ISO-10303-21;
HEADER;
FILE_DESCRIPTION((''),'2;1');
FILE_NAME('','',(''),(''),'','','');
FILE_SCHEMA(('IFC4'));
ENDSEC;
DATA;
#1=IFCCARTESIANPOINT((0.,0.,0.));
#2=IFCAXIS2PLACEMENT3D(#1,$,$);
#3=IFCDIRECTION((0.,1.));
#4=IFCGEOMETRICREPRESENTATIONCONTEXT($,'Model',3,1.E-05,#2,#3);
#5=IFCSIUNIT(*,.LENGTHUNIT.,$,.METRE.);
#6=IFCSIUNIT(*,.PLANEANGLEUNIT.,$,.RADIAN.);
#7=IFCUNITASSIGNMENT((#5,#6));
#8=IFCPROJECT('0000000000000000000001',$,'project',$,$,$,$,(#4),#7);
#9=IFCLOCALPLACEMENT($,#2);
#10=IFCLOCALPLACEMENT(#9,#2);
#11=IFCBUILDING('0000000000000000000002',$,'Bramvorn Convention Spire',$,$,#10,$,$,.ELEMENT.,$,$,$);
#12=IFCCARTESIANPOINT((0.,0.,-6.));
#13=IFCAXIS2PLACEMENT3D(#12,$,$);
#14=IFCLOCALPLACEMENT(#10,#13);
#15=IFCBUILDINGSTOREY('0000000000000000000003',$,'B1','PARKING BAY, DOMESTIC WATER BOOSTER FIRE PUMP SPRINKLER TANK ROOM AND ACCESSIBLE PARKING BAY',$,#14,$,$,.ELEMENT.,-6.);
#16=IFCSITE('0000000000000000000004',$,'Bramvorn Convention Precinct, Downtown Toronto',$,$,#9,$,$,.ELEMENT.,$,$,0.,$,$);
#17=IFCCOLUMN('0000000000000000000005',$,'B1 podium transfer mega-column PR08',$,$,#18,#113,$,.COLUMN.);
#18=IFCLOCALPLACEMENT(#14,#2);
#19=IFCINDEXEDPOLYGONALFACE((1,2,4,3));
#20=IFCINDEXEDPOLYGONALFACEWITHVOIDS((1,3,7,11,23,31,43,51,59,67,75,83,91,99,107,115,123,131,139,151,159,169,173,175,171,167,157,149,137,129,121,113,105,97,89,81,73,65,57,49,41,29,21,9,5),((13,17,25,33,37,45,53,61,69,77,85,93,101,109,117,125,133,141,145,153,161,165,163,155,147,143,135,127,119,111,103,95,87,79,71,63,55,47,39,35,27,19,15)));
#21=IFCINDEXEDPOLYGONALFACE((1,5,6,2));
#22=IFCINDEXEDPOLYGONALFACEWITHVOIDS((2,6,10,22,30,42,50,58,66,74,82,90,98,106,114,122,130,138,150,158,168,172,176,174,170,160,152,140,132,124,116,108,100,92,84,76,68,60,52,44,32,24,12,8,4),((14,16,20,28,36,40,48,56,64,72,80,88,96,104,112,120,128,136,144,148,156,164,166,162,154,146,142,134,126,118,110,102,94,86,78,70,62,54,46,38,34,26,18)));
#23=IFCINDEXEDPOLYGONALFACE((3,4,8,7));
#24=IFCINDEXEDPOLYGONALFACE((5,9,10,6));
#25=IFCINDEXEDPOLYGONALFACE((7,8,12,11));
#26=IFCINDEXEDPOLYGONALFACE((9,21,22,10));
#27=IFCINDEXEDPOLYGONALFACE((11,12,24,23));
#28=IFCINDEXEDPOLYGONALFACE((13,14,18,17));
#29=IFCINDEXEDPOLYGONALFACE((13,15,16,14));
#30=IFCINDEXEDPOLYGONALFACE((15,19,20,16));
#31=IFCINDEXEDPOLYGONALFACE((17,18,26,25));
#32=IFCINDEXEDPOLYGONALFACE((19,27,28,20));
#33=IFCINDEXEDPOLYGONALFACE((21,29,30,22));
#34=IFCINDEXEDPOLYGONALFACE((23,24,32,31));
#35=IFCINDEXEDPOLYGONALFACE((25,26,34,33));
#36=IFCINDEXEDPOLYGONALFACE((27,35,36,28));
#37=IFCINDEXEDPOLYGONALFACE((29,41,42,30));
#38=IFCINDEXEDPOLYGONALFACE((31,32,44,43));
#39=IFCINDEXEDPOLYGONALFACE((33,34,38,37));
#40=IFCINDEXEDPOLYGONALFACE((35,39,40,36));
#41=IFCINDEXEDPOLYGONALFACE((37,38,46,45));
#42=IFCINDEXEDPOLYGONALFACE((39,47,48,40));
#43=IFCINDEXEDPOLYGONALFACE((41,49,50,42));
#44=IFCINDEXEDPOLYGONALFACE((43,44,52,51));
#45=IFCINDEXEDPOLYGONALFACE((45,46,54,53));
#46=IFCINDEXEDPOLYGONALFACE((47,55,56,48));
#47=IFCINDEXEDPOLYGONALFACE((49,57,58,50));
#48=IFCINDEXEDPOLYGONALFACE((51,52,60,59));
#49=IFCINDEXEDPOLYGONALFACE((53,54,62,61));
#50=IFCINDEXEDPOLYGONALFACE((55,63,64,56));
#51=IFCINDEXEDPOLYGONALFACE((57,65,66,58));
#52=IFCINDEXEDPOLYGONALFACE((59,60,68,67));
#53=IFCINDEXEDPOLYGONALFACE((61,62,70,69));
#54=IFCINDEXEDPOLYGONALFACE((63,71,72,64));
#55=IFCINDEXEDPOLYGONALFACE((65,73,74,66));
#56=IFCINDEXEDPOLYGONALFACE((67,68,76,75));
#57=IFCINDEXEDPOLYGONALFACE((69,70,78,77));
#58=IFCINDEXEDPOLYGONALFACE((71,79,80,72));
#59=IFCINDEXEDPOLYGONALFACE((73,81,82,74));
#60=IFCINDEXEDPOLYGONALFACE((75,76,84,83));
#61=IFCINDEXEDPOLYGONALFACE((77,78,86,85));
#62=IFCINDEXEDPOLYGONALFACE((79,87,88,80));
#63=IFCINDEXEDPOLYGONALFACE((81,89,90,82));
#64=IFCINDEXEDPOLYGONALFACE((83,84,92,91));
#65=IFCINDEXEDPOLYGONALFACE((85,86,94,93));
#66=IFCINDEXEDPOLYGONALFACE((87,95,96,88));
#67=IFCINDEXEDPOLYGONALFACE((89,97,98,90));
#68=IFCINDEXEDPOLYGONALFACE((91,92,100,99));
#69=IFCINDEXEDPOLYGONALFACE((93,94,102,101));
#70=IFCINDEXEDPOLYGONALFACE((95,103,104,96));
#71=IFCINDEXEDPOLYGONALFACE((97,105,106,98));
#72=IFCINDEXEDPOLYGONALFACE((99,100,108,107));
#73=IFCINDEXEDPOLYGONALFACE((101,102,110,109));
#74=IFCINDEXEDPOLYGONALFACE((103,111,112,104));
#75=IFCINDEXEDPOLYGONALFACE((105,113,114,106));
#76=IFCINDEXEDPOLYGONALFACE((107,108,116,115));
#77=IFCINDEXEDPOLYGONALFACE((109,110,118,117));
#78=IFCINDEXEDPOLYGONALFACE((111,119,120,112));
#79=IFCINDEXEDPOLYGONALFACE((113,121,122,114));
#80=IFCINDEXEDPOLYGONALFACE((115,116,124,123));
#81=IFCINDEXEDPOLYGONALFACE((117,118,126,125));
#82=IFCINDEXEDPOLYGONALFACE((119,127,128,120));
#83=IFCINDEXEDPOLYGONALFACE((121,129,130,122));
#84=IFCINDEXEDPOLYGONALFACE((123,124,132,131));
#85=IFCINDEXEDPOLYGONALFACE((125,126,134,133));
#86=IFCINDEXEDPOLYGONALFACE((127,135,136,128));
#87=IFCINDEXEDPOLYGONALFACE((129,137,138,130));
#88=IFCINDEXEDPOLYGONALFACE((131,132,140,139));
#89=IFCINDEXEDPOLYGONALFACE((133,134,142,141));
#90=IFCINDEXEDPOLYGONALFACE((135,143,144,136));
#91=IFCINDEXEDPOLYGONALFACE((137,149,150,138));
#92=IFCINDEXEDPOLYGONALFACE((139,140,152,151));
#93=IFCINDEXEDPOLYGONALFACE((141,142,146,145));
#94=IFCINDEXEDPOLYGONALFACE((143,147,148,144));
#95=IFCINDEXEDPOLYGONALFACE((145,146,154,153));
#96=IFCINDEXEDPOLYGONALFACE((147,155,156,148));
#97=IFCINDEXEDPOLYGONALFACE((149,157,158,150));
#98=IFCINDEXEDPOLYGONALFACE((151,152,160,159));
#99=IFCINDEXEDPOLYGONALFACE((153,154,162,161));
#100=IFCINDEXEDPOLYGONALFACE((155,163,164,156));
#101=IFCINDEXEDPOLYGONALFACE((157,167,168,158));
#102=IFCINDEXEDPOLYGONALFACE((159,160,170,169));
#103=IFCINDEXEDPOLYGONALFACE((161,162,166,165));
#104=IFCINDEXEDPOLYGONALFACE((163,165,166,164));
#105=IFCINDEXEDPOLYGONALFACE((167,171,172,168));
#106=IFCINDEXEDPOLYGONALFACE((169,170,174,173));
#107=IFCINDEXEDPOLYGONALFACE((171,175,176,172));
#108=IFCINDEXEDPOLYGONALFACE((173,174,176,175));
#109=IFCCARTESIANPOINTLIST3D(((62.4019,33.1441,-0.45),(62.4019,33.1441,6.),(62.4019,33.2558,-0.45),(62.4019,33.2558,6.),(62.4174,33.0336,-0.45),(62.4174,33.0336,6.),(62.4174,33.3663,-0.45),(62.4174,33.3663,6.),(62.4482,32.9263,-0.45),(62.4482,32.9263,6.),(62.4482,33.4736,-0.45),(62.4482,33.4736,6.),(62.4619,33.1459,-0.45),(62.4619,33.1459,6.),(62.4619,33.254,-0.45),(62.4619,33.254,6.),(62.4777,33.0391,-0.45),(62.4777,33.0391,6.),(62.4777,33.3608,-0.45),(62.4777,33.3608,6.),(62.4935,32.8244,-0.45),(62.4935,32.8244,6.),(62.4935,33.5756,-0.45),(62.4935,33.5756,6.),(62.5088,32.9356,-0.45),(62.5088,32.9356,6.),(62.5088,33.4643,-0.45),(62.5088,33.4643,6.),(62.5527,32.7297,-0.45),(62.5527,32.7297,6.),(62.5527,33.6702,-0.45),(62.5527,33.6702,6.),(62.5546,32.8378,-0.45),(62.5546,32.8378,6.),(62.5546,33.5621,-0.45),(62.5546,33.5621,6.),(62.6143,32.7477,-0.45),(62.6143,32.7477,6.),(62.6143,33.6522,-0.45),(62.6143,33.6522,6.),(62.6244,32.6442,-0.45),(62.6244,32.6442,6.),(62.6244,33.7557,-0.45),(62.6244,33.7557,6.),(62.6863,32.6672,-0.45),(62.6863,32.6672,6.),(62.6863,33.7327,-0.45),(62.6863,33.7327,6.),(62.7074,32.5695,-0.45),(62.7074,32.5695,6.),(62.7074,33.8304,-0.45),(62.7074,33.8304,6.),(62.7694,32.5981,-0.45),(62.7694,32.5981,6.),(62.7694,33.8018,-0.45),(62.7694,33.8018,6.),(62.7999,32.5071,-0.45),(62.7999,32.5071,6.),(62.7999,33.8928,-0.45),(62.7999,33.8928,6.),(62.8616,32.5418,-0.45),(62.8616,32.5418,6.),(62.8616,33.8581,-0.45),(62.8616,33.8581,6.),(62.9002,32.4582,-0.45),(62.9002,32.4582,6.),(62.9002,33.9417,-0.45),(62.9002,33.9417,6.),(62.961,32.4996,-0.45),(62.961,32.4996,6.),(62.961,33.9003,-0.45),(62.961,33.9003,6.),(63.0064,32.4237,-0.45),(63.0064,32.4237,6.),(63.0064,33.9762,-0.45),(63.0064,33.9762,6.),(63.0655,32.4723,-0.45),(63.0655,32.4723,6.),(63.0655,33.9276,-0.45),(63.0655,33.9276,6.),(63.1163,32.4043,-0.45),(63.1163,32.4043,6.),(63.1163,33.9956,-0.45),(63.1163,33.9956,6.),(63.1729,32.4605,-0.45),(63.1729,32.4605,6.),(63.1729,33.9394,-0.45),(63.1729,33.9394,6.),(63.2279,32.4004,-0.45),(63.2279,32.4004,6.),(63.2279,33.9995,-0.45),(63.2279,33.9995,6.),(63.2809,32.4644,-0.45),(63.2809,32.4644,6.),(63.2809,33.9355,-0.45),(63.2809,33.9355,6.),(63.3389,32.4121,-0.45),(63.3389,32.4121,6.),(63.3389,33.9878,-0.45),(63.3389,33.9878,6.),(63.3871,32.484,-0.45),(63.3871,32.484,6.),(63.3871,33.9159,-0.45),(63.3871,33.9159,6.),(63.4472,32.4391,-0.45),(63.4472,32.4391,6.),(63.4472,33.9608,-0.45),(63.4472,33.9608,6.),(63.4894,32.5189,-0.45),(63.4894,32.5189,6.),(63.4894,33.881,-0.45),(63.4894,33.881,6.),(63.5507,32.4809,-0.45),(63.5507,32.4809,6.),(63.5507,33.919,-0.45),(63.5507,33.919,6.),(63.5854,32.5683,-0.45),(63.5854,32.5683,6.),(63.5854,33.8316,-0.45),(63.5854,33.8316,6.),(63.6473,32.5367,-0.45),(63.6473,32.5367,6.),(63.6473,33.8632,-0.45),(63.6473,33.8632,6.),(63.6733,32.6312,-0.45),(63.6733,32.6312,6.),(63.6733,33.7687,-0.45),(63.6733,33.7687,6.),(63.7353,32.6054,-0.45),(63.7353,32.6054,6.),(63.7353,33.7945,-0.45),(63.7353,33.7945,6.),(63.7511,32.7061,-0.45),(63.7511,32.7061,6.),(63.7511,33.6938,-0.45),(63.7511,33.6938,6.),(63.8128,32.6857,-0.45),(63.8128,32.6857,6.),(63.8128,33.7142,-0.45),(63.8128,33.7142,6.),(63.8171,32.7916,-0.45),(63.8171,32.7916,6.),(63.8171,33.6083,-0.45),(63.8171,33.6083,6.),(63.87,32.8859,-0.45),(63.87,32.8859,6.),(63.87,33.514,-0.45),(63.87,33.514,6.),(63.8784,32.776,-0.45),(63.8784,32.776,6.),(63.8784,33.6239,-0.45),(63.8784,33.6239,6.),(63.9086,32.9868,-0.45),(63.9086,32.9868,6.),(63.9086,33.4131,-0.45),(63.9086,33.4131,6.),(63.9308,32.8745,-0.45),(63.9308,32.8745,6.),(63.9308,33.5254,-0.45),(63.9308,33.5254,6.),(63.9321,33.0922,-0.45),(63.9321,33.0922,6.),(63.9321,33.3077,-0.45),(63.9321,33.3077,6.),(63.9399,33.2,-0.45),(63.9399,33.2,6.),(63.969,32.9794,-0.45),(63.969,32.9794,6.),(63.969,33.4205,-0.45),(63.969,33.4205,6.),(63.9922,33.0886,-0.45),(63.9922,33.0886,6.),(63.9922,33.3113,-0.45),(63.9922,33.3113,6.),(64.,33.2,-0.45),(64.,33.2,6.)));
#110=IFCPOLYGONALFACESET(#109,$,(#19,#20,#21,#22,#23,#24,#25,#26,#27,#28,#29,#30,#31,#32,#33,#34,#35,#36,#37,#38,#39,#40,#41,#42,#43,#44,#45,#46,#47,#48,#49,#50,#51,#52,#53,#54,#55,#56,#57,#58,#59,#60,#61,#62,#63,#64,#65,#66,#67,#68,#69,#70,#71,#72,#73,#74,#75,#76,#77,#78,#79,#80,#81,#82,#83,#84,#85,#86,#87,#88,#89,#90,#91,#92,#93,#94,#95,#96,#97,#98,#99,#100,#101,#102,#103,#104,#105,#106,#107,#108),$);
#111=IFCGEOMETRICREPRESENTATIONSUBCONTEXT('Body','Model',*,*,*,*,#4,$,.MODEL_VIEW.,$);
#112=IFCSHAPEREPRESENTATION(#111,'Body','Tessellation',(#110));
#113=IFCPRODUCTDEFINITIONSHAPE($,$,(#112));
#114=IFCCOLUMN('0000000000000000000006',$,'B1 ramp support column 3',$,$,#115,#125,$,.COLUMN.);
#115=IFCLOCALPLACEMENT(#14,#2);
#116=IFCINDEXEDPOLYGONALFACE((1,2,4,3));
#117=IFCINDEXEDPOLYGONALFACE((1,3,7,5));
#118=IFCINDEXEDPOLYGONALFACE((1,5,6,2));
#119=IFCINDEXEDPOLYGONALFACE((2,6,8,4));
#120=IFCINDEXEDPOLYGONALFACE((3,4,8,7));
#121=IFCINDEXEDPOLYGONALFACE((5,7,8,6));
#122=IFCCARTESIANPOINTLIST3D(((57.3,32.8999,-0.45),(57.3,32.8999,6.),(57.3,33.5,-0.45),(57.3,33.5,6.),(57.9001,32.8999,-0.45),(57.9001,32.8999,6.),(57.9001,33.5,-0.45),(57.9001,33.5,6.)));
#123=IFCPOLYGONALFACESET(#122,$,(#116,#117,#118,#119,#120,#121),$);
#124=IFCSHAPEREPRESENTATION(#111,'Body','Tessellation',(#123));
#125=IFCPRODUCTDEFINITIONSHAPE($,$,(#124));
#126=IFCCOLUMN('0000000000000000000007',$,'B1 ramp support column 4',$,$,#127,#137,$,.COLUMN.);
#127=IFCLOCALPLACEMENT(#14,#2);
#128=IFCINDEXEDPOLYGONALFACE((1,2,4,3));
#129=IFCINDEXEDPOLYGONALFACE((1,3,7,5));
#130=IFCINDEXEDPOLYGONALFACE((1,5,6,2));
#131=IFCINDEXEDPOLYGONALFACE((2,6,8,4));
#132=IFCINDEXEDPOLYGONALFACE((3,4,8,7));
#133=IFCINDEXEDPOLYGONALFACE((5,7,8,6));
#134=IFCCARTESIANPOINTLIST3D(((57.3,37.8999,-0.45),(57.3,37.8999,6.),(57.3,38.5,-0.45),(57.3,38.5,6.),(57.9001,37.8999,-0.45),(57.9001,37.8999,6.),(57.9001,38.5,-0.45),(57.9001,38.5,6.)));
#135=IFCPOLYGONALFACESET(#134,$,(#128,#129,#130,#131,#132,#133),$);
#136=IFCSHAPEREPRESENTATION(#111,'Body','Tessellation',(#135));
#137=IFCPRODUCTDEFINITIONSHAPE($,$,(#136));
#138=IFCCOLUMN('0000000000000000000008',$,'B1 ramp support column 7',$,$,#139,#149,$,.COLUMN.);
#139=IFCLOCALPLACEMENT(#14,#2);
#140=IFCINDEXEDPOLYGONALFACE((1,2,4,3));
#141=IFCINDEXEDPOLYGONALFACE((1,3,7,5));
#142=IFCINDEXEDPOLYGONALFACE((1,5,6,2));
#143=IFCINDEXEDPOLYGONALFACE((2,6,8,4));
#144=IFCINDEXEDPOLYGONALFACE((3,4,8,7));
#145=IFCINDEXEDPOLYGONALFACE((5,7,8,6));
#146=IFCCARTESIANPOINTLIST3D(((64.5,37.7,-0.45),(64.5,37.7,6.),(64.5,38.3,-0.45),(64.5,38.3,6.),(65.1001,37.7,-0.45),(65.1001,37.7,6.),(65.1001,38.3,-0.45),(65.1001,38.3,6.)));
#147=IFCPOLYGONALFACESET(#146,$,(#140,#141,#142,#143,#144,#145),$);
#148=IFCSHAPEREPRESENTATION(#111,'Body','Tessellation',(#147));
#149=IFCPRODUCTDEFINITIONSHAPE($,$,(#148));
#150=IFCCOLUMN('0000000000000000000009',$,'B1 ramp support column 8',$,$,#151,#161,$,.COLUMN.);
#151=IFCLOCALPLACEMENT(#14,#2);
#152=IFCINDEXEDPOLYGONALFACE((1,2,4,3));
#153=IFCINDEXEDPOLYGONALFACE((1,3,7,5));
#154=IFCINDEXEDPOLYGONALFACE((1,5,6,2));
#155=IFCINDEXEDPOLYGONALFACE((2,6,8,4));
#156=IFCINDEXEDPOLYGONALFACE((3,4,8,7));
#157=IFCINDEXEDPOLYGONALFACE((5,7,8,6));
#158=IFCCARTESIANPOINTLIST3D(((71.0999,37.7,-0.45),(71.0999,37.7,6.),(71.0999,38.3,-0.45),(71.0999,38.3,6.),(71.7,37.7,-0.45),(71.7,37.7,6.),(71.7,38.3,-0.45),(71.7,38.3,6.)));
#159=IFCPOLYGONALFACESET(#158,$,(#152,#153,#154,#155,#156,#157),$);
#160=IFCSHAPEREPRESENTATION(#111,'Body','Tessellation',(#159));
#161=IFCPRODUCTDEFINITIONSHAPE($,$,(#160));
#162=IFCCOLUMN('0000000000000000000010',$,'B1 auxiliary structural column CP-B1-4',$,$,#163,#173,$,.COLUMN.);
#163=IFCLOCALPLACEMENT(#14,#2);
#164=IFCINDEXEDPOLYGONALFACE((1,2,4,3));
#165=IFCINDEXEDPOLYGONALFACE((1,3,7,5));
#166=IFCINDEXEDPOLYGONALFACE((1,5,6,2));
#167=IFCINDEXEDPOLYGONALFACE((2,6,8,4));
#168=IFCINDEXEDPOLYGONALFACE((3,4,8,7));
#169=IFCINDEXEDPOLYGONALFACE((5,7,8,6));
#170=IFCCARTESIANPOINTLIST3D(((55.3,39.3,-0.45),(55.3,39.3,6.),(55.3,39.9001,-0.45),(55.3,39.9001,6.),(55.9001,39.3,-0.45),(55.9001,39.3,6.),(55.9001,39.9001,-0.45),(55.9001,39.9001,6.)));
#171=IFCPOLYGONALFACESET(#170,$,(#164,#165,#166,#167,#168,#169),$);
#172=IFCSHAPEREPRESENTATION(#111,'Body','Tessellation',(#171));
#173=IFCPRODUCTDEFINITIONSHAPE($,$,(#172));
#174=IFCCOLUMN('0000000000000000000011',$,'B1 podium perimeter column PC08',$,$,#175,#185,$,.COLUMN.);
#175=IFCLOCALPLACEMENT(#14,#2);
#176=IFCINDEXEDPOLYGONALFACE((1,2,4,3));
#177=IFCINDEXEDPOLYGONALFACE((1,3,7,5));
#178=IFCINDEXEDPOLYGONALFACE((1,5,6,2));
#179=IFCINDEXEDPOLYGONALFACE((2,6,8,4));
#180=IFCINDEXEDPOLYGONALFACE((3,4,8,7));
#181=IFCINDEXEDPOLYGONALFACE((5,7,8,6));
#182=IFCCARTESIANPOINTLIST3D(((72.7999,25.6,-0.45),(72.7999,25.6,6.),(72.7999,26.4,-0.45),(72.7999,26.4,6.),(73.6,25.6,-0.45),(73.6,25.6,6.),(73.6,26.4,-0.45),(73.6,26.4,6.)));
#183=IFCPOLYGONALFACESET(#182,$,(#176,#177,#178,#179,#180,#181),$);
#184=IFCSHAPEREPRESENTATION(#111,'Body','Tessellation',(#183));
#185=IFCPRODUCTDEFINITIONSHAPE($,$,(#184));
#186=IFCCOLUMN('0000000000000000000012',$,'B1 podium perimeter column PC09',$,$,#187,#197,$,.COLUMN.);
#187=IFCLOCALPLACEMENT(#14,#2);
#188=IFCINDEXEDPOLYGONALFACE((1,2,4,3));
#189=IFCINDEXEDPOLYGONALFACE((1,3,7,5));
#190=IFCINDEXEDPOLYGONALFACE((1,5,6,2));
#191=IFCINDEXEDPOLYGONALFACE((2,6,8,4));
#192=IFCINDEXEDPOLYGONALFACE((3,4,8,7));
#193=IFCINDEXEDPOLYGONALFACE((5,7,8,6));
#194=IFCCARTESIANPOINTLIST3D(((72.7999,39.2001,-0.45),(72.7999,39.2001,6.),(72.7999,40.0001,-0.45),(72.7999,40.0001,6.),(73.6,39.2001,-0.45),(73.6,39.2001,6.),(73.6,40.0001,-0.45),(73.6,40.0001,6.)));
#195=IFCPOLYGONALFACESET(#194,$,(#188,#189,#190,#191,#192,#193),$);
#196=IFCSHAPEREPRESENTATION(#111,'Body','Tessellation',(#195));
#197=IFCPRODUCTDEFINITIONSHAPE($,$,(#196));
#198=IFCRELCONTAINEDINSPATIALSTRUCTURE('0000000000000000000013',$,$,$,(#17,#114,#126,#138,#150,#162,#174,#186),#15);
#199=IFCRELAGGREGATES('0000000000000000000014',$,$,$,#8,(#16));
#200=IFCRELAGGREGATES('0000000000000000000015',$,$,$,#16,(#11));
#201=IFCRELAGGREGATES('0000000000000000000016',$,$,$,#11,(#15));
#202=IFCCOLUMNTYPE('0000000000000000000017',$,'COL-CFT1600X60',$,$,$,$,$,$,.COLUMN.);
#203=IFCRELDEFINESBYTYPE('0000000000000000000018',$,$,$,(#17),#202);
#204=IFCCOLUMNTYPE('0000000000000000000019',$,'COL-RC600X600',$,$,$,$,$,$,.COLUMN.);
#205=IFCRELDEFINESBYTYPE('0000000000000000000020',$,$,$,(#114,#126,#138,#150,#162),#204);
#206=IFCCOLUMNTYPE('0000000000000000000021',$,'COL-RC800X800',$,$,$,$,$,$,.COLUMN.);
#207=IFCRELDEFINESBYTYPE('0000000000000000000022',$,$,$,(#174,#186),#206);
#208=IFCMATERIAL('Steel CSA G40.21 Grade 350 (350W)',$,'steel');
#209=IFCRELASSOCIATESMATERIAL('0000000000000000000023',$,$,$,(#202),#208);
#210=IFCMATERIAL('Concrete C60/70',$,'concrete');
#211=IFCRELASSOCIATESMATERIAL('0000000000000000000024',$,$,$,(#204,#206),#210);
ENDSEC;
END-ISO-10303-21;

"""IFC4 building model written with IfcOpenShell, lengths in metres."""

from ifc_helpers import new_model, si_unit, direction, frame, origin, origin_2d, place, context, subcontext, project, spatial, rectangle, hollow_circle, extrude, material, material_profile, profile_set, type_object, element, save


model = new_model("IFC4")

# Units and contexts
model_context = context("Model", 3, precision=1e-05, world=origin(), true_north=direction((0.0, 1.0)))
body_context = subcontext(model_context, "Body", "Model", "MODEL_VIEW")
ifc_project = project(units=[si_unit("LENGTHUNIT", "METRE"), si_unit("PLANEANGLEUNIT", "RADIAN")], contexts=[model_context])

# Site, building, storey
site_placement = place(None, origin())
site = spatial("IfcSite", under=ifc_project, at=site_placement, Name="Bramvorn Convention Precinct, Downtown Toronto", CompositionType="ELEMENT", RefElevation=0.0)
building_placement = place(site_placement, origin())
building = spatial("IfcBuilding", under=site, at=building_placement, Name="Bramvorn Convention Spire", CompositionType="ELEMENT")
storey_placement = place(building_placement, frame((0.0, 0.0, -6.0)))
storey = spatial("IfcBuildingStorey", under=building, at=storey_placement, Name="B1", Description="PARKING BAY, DOMESTIC WATER BOOSTER FIRE PUMP SPRINKLER TANK ROOM AND ACCESSIBLE PARKING BAY", CompositionType="ELEMENT", Elevation=-6.0)

# Shared definitions
ifc_material_1 = material(Name="Concrete C60/70", Category="concrete")

# Columns
ifc_material_2 = material(Name="Steel CSA G40.21 Grade 350 (350W)", Category="steel")
ifc_material_profile_1 = material_profile(ifc_material_2, hollow_circle(Radius=0.8, WallThickness=0.0601, at=origin_2d()))
ifc_profile_set_1 = profile_set([ifc_material_profile_1], Name="Steel CSA G40.21 Grade 350 (350W) - CFT1600X60")
column_type_1 = type_object("IfcColumnType", Name="COL-CFT1600X60", PredefinedType="COLUMN", material=ifc_profile_set_1)
column_placement = place(storey_placement, frame((63.2, 33.2, -0.45), z_axis=(0.0, 0.0, 1.0), x_axis=(1.0, 0.0, 0.0)))
element("IfcColumn", 1, at=column_placement, inside=storey, type_object=column_type_1, Name="B1 podium transfer mega-column PR08", PredefinedType="COLUMN", context=body_context, shape_type="SweptSolid", body=[
    extrude(hollow_circle(Radius=0.8, WallThickness=0.0601, at=origin_2d()), origin(), (0.0, 0.0, 1.0), 6.45),
])
ifc_material_profile_2 = material_profile(ifc_material_1, rectangle(XDim=0.6001, YDim=0.6001, at=origin_2d()))
ifc_profile_set_2 = profile_set([ifc_material_profile_2], Name="Concrete C60/70 - RC600X600")
column_type_2 = type_object("IfcColumnType", Name="COL-RC600X600", PredefinedType="COLUMN", material=ifc_profile_set_2)
for number, where, z_axis, x_axis, name in (
    (2, (57.6001, 33.2, -0.45), (0.0, 0.0, 1.0), (1.0, 0.0, 0.0), "B1 ramp support column 3"),
    (3, (57.6001, 38.2, -0.45), (0.0, 0.0, 1.0), (1.0, 0.0, 0.0), "B1 ramp support column 4"),
    (4, (64.8, 38.0, -0.45), (0.0, 0.0, 1.0), (1.0, 0.0, 0.0), "B1 ramp support column 7"),
    (5, (71.3999, 38.0, -0.45), (0.0, 0.0, 1.0), (1.0, 0.0, 0.0), "B1 ramp support column 8"),
    (6, (55.6001, 39.6001, -0.45), (0.0, 0.0, 1.0), (1.0, 0.0, 0.0), "B1 auxiliary structural column CP-B1-4"),
):
    element("IfcColumn", number, at=place(storey_placement, frame(where, z_axis=z_axis, x_axis=x_axis)), inside=storey, type_object=column_type_2, Name=name, PredefinedType="COLUMN", context=body_context, shape_type="SweptSolid", body=[
        extrude(rectangle(XDim=0.6001, YDim=0.6001, at=origin_2d()), origin(), (0.0, 0.0, 1.0), 6.45),
    ])
ifc_material_profile_3 = material_profile(ifc_material_1, rectangle(XDim=0.8, YDim=0.8, at=origin_2d()))
ifc_profile_set_3 = profile_set([ifc_material_profile_3], Name="Concrete C60/70 - RC800X800")
column_type_3 = type_object("IfcColumnType", Name="COL-RC800X800", PredefinedType="COLUMN", material=ifc_profile_set_3)
for number, where, z_axis, x_axis, name in (
    (7, (73.2, 26.0, -0.45), (0.0, 0.0, 1.0), (1.0, 0.0, 0.0), "B1 podium perimeter column PC08"),
    (8, (73.2, 39.6001, -0.45), (0.0, 0.0, 1.0), (1.0, 0.0, 0.0), "B1 podium perimeter column PC09"),
):
    element("IfcColumn", number, at=place(storey_placement, frame(where, z_axis=z_axis, x_axis=x_axis)), inside=storey, type_object=column_type_3, Name=name, PredefinedType="COLUMN", context=body_context, shape_type="SweptSolid", body=[
        extrude(rectangle(XDim=0.8, YDim=0.8, at=origin_2d()), origin(), (0.0, 0.0, 1.0), 6.45),
    ])

save(model, "model.ifc")
